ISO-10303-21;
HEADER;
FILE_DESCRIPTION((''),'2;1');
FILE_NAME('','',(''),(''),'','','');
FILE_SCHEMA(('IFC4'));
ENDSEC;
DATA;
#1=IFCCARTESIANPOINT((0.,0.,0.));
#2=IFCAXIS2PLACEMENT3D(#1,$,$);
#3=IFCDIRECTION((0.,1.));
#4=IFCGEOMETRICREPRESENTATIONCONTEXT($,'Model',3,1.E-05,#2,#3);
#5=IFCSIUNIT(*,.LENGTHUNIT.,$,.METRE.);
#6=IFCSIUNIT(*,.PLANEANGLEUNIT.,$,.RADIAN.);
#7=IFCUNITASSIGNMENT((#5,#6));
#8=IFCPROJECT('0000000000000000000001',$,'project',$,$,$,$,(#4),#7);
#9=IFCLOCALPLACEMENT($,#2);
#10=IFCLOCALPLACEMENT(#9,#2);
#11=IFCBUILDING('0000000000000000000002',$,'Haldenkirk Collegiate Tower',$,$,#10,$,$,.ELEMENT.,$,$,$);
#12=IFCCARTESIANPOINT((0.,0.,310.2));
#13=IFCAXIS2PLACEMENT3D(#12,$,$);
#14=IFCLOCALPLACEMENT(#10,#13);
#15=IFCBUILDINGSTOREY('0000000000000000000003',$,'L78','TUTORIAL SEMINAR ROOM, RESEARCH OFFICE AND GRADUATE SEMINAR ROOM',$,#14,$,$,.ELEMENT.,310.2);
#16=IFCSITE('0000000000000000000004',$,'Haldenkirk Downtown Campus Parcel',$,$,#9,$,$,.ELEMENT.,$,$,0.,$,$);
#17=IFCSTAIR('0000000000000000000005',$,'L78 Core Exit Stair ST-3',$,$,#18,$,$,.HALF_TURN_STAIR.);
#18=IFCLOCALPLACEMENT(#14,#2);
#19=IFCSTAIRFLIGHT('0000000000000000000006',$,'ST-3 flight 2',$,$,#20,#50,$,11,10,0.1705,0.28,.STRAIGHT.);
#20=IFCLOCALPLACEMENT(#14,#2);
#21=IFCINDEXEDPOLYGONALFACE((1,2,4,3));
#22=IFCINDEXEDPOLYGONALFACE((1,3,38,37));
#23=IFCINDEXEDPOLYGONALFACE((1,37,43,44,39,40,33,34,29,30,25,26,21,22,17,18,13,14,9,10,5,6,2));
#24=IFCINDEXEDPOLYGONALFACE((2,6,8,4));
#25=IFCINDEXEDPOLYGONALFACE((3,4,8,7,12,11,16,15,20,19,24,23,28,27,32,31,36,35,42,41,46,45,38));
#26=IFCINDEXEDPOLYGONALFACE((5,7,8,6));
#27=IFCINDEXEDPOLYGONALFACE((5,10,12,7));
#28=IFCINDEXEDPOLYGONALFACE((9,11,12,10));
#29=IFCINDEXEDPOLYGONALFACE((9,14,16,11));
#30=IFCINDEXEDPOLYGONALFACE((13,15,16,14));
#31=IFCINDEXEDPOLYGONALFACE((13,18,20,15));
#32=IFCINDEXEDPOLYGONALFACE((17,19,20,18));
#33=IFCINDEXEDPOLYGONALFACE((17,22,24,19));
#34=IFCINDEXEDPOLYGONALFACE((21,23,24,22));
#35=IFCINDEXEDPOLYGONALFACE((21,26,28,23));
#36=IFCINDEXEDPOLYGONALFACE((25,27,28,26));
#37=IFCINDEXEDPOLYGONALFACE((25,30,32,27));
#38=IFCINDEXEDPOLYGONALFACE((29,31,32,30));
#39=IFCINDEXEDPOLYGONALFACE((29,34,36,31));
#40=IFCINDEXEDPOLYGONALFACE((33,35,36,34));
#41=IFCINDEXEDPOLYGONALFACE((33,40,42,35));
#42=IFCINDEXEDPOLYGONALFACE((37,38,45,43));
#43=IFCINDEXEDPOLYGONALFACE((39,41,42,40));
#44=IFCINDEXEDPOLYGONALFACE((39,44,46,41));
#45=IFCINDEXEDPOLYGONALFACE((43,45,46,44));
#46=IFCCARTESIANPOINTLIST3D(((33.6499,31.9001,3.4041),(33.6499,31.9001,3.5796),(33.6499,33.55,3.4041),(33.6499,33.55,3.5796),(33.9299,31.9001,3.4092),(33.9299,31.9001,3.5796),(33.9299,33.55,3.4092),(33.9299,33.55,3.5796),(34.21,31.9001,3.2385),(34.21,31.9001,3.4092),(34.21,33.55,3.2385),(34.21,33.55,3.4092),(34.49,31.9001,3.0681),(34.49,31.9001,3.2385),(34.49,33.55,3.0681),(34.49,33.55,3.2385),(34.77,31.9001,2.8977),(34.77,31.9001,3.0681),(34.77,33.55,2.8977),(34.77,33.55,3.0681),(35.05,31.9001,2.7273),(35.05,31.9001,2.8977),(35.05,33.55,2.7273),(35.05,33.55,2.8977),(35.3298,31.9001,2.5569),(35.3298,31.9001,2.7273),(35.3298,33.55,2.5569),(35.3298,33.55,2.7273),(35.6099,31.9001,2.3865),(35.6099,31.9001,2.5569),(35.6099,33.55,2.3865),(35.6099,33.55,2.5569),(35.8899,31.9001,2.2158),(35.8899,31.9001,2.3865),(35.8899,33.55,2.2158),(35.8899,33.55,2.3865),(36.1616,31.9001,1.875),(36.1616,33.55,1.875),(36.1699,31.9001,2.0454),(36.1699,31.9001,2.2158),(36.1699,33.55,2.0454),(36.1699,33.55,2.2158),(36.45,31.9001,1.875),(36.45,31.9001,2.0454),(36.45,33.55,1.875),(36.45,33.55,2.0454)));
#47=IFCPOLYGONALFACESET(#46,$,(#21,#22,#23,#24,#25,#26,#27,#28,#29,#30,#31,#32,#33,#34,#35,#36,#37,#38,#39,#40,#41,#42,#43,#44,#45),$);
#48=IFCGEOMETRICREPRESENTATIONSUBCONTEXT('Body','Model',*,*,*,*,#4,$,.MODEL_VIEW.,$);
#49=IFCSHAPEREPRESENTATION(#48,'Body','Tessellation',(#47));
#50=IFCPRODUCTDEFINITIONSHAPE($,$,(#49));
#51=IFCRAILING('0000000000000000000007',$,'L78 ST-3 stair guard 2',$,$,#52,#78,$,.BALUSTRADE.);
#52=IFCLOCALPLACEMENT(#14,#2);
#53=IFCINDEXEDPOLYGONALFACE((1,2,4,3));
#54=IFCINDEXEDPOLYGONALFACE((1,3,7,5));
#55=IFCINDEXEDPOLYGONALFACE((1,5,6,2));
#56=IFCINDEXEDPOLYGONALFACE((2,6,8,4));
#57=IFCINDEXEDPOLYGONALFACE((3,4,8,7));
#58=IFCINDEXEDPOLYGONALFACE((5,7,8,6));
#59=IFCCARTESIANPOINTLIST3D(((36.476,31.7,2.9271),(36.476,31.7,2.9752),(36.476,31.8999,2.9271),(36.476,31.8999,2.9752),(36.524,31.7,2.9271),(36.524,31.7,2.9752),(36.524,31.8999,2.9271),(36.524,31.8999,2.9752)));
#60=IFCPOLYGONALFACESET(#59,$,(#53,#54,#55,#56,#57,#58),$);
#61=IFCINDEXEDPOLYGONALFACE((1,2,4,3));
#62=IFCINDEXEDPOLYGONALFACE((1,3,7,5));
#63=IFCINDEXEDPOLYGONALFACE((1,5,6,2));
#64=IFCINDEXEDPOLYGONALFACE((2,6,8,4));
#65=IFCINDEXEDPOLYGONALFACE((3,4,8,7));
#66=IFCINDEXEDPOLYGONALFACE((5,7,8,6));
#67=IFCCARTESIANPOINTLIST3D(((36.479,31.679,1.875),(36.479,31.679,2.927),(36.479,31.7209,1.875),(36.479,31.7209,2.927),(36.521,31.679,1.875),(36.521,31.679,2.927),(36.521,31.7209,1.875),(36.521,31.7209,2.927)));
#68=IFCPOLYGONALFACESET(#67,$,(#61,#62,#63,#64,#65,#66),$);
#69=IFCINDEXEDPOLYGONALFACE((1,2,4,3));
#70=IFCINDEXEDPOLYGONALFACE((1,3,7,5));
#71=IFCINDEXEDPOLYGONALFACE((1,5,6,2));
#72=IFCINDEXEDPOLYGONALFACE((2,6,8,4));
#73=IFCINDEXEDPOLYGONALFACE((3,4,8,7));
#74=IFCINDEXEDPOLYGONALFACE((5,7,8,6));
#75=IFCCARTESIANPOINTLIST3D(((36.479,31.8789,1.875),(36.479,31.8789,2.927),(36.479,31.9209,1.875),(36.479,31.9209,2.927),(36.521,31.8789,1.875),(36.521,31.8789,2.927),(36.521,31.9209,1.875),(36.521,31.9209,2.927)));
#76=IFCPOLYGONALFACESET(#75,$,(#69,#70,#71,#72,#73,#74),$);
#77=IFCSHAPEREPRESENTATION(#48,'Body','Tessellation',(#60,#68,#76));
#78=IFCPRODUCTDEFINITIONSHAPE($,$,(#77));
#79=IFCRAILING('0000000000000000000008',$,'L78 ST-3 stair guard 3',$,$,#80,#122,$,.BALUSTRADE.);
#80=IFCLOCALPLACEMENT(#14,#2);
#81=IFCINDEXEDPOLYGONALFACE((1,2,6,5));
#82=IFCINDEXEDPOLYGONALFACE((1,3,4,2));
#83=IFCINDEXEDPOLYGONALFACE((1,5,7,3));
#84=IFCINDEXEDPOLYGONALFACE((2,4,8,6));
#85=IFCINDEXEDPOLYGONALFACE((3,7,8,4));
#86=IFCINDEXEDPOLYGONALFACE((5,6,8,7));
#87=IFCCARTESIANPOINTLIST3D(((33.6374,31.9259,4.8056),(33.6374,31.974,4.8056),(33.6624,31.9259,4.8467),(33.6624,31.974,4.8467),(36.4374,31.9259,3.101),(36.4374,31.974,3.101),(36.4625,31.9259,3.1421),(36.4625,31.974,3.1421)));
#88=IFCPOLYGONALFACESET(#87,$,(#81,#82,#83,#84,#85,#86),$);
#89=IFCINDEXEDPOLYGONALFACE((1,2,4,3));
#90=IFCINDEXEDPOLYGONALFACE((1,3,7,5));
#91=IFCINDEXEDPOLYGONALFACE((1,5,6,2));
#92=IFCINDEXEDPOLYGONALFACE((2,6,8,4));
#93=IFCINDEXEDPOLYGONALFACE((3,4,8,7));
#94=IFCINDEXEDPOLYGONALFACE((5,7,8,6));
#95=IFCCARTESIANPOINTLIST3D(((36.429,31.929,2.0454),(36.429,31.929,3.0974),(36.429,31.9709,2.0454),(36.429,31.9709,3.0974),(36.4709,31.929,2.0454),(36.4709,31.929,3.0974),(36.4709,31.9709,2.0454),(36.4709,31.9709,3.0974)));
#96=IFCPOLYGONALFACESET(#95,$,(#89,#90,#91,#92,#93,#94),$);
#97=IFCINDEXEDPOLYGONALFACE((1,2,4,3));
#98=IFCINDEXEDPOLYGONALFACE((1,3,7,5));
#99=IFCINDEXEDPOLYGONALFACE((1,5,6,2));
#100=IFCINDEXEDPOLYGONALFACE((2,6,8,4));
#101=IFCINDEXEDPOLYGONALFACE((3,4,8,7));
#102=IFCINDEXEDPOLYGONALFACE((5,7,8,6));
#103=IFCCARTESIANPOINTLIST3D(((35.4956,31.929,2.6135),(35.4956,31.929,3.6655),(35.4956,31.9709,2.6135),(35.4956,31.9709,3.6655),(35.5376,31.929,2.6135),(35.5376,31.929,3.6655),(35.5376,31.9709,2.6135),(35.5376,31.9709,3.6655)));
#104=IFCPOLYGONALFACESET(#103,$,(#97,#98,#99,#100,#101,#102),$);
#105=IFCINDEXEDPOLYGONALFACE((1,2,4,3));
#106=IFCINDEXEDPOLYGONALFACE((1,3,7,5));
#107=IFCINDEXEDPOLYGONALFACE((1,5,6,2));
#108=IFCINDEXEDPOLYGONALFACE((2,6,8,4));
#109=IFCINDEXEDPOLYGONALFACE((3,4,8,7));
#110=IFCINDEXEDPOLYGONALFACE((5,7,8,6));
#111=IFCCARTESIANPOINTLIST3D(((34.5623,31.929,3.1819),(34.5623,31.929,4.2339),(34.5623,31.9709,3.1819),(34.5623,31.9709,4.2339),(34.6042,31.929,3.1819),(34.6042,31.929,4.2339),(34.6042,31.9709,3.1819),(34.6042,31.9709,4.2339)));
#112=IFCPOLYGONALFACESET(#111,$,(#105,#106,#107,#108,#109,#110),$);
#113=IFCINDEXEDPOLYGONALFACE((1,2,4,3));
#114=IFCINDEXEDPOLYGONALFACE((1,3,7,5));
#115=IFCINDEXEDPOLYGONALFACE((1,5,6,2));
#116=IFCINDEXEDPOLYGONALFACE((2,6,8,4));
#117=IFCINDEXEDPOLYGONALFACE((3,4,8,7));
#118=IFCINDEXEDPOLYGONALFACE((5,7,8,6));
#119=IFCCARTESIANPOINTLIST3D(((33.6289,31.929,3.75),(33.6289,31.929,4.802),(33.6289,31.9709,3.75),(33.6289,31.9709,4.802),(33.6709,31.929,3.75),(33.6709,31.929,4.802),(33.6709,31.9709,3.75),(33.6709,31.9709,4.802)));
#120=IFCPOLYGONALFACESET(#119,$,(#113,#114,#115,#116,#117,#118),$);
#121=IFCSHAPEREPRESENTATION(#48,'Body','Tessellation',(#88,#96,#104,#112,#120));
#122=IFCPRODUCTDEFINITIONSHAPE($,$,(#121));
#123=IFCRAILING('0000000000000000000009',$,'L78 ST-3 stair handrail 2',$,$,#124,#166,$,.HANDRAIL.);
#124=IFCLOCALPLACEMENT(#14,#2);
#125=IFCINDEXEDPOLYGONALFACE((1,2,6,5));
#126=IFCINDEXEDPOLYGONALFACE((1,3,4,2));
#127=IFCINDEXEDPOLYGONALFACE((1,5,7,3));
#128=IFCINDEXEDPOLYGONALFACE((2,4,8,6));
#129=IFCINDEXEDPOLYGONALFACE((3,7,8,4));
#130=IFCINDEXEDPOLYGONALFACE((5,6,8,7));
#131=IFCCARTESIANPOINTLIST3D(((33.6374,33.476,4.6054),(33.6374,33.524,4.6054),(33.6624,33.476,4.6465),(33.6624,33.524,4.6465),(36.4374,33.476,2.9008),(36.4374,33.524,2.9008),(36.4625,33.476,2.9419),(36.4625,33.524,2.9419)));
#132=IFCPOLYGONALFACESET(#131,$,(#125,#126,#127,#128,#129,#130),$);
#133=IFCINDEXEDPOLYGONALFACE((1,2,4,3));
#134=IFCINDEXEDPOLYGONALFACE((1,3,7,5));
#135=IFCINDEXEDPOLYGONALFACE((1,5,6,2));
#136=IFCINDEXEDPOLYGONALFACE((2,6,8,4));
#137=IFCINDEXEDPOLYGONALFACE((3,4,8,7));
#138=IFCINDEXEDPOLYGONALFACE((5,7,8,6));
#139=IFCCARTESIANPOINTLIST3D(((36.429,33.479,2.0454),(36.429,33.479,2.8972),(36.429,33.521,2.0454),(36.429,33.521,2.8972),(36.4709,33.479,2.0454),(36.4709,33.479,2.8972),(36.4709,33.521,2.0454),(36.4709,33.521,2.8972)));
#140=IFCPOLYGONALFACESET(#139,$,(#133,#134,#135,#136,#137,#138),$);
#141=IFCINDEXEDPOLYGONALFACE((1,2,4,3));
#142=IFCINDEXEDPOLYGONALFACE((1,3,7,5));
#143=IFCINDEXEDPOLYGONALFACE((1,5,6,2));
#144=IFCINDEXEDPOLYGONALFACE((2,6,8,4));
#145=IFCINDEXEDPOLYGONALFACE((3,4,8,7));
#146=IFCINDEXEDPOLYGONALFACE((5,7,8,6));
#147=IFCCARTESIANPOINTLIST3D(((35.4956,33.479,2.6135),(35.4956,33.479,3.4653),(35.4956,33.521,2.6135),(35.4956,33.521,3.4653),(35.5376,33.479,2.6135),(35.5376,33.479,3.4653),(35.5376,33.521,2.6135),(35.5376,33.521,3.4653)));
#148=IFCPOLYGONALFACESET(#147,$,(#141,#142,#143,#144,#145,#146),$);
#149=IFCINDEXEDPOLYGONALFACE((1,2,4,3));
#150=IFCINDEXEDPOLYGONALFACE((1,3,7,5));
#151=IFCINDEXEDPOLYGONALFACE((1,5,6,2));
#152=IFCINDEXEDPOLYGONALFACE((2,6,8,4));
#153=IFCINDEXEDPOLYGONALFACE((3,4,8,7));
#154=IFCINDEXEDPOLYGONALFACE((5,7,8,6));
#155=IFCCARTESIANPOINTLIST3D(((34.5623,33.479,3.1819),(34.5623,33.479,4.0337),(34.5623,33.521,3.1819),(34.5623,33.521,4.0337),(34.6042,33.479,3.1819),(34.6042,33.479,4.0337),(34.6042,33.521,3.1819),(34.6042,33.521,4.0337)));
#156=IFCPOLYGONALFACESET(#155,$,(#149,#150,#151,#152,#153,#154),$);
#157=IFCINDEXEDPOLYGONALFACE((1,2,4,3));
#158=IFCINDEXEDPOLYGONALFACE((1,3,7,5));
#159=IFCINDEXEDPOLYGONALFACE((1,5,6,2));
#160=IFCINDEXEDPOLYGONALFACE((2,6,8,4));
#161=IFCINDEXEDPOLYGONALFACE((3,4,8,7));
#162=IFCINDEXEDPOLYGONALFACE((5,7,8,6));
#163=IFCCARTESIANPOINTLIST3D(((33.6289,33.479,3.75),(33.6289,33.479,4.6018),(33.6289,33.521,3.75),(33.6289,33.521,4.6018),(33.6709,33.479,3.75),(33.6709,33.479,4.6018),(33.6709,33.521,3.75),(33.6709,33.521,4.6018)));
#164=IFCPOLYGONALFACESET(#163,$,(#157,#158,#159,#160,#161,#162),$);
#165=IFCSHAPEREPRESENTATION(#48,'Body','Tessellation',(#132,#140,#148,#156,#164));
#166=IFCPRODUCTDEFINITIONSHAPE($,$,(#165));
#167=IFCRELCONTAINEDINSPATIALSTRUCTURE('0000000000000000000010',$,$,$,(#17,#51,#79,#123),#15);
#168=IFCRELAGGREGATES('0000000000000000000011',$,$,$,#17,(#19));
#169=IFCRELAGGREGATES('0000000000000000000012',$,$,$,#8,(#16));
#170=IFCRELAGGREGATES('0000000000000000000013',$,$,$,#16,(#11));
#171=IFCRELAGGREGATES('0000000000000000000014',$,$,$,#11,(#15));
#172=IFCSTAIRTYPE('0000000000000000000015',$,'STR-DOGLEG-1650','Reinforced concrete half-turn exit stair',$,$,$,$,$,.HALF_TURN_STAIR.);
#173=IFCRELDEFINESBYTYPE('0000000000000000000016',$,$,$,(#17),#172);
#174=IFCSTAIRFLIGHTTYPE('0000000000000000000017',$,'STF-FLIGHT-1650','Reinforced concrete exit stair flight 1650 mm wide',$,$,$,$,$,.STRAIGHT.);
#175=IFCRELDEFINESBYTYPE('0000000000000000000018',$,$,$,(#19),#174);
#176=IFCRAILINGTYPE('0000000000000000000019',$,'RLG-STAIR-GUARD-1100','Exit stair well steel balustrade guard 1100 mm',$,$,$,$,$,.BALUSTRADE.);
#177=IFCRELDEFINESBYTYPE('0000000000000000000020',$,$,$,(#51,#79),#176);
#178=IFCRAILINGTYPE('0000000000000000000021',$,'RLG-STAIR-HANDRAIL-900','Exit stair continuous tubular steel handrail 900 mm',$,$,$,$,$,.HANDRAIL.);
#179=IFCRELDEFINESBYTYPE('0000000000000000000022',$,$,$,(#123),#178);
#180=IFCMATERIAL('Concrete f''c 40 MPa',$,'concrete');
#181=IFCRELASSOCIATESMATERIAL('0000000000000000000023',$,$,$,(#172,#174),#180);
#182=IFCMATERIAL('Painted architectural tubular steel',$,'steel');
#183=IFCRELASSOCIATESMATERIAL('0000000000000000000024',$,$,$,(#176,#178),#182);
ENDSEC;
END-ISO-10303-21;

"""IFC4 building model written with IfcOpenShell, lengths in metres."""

from ifc_helpers import new_model, si_unit, direction, frame, origin, origin_2d, place, context, subcontext, project, spatial, polyline, rectangle, outline, extrude, material, type_object, element, aggregate, save


model = new_model("IFC4")

# Units and contexts
model_context = context("Model", 3, precision=1e-05, world=origin(), true_north=direction((0.0, 1.0)))
body_context = subcontext(model_context, "Body", "Model", "MODEL_VIEW")
ifc_project = project(units=[si_unit("LENGTHUNIT", "METRE"), si_unit("PLANEANGLEUNIT", "RADIAN")], contexts=[model_context])

# Site, building, storey
site_placement = place(None, origin())
site = spatial("IfcSite", under=ifc_project, at=site_placement, Name="Haldenkirk Downtown Campus Parcel", CompositionType="ELEMENT", RefElevation=0.0)
building_placement = place(site_placement, origin())
building = spatial("IfcBuilding", under=site, at=building_placement, Name="Haldenkirk Collegiate Tower", CompositionType="ELEMENT")
storey_placement = place(building_placement, frame((0.0, 0.0, 310.2)))
storey = spatial("IfcBuildingStorey", under=building, at=storey_placement, Name="L78", Description="TUTORIAL SEMINAR ROOM, RESEARCH OFFICE AND GRADUATE SEMINAR ROOM", CompositionType="ELEMENT", Elevation=310.2)

# Stair, stair flight
ifc_material_1 = material(Name="Concrete f'c 40 MPa", Category="concrete")
stair_type = type_object("IfcStairType", Name="STR-DOGLEG-1650", Description="Reinforced concrete half-turn exit stair", PredefinedType="HALF_TURN_STAIR", material=ifc_material_1)
stair_placement = place(storey_placement, origin())
stair = element("IfcStair", 1, at=stair_placement, inside=storey, type_object=stair_type, Name="L78 Core Exit Stair ST-3", PredefinedType="HALF_TURN_STAIR")
stair_flight_type = type_object("IfcStairFlightType", Name="STF-FLIGHT-1650", Description="Reinforced concrete exit stair flight 1650 mm wide", PredefinedType="STRAIGHT", material=ifc_material_1)
stair_flight_placement = place(storey_placement, frame((36.45, 32.7251, 1.875), z_axis=(0.0, 0.0, 1.0), x_axis=(-1.0, 0.0, 0.0)))
stair_flight = element("IfcStairFlight", 2, at=stair_flight_placement, type_object=stair_flight_type, Name="ST-3 flight 2", NumberOfRisers=11, NumberOfTreads=10, PredefinedType="STRAIGHT", RiserHeight=0.1705, TreadLength=0.28, context=body_context, shape_type="SweptSolid", body=[
    extrude(outline(polyline([(0.0, 0.0), (0.0, 0.1704), (0.28, 0.1704), (0.28, 0.3408), (0.5601, 0.3408), (0.5601, 0.5115), (0.8401, 0.5115), (0.8401, 0.6819), (1.1201, 0.6819), (1.1201, 0.8523), (1.3999, 0.8523), (1.3999, 1.0227), (1.6799, 1.0227), (1.6799, 1.1931), (1.96, 1.1931), (1.96, 1.3635), (2.24, 1.3635), (2.24, 1.5342), (2.52, 1.5342), (2.52, 1.7046), (2.8, 1.7046), (2.8, 1.875), (2.8, 1.5291), (0.2883, 0.0), (0.0, 0.0)])), frame((0.0, 0.825, 0.0), z_axis=(0.0, -1.0, 0.0), x_axis=(1.0, 0.0, 0.0)), (0.0, 0.0, 1.0), 1.6499),
])
aggregate(stair, [stair_flight])

# Railings
ifc_material_2 = material(Name="Painted architectural tubular steel", Category="steel")
railing_type_1 = type_object("IfcRailingType", Name="RLG-STAIR-GUARD-1100", Description="Exit stair well steel balustrade guard 1100 mm", PredefinedType="BALUSTRADE", material=ifc_material_2)
railing_1_placement = place(storey_placement, frame((36.5, 31.7, 1.875)))
element("IfcRailing", 3, at=railing_1_placement, inside=storey, type_object=railing_type_1, Name="L78 ST-3 stair guard 2", PredefinedType="BALUSTRADE", context=body_context, shape_type="SweptSolid", body=[
    extrude(rectangle(XDim=0.0481, YDim=0.0481, at=origin_2d()), frame((0.0, 0.0, 1.0762), z_axis=(0.0, 1.0, 0.0), x_axis=(-1.0, 0.0, 0.0)), (0.0, 0.0, 1.0), 0.2),
    extrude(rectangle(XDim=0.042, YDim=0.042, at=origin_2d()), origin(), (0.0, 0.0, 1.0), 1.052),
    extrude(rectangle(XDim=0.042, YDim=0.042, at=origin_2d()), frame((0.0, 0.2, 0.0)), (0.0, 0.0, 1.0), 1.052),
])
railing_2_placement = place(storey_placement, frame((36.45, 31.95, 2.0454)))
element("IfcRailing", 4, at=railing_2_placement, inside=storey, type_object=railing_type_1, Name="L78 ST-3 stair guard 3", PredefinedType="BALUSTRADE", context=body_context, shape_type="SweptSolid", body=[
    extrude(rectangle(XDim=0.0481, YDim=0.0481, at=origin_2d()), frame((0.0, 0.0, 1.0762), z_axis=(-0.85417, 0.0, 0.519994), x_axis=(0.0, -1.0, 0.0)), (0.0, 0.0, 1.0), 3.2781),
    extrude(rectangle(XDim=0.042, YDim=0.042, at=origin_2d()), origin(), (0.0, 0.0, 1.0), 1.052),
    extrude(rectangle(XDim=0.042, YDim=0.042, at=origin_2d()), frame((-0.9333, 0.0, 0.5681)), (0.0, 0.0, 1.0), 1.052),
    extrude(rectangle(XDim=0.042, YDim=0.042, at=origin_2d()), frame((-1.8667, 0.0, 1.1365)), (0.0, 0.0, 1.0), 1.052),
    extrude(rectangle(XDim=0.042, YDim=0.042, at=origin_2d()), frame((-2.8, 0.0, 1.7046)), (0.0, 0.0, 1.0), 1.052),
])
railing_type_2 = type_object("IfcRailingType", Name="RLG-STAIR-HANDRAIL-900", Description="Exit stair continuous tubular steel handrail 900 mm", PredefinedType="HANDRAIL", material=ifc_material_2)
railing_3_placement = place(storey_placement, frame((36.45, 33.5, 2.0454)))
element("IfcRailing", 5, at=railing_3_placement, inside=storey, type_object=railing_type_2, Name="L78 ST-3 stair handrail 2", PredefinedType="HANDRAIL", context=body_context, shape_type="SweptSolid", body=[
    extrude(rectangle(XDim=0.0481, YDim=0.0481, at=origin_2d()), frame((0.0, 0.0, 0.876), z_axis=(-0.85417, 0.0, 0.519994), x_axis=(0.0, -1.0, 0.0)), (0.0, 0.0, 1.0), 3.2781),
    extrude(rectangle(XDim=0.042, YDim=0.042, at=origin_2d()), origin(), (0.0, 0.0, 1.0), 0.8518),
    extrude(rectangle(XDim=0.042, YDim=0.042, at=origin_2d()), frame((-0.9333, 0.0, 0.5681)), (0.0, 0.0, 1.0), 0.8518),
    extrude(rectangle(XDim=0.042, YDim=0.042, at=origin_2d()), frame((-1.8667, 0.0, 1.1365)), (0.0, 0.0, 1.0), 0.8518),
    extrude(rectangle(XDim=0.042, YDim=0.042, at=origin_2d()), frame((-2.8, 0.0, 1.7046)), (0.0, 0.0, 1.0), 0.8518),
])

save(model, "model.ifc")
